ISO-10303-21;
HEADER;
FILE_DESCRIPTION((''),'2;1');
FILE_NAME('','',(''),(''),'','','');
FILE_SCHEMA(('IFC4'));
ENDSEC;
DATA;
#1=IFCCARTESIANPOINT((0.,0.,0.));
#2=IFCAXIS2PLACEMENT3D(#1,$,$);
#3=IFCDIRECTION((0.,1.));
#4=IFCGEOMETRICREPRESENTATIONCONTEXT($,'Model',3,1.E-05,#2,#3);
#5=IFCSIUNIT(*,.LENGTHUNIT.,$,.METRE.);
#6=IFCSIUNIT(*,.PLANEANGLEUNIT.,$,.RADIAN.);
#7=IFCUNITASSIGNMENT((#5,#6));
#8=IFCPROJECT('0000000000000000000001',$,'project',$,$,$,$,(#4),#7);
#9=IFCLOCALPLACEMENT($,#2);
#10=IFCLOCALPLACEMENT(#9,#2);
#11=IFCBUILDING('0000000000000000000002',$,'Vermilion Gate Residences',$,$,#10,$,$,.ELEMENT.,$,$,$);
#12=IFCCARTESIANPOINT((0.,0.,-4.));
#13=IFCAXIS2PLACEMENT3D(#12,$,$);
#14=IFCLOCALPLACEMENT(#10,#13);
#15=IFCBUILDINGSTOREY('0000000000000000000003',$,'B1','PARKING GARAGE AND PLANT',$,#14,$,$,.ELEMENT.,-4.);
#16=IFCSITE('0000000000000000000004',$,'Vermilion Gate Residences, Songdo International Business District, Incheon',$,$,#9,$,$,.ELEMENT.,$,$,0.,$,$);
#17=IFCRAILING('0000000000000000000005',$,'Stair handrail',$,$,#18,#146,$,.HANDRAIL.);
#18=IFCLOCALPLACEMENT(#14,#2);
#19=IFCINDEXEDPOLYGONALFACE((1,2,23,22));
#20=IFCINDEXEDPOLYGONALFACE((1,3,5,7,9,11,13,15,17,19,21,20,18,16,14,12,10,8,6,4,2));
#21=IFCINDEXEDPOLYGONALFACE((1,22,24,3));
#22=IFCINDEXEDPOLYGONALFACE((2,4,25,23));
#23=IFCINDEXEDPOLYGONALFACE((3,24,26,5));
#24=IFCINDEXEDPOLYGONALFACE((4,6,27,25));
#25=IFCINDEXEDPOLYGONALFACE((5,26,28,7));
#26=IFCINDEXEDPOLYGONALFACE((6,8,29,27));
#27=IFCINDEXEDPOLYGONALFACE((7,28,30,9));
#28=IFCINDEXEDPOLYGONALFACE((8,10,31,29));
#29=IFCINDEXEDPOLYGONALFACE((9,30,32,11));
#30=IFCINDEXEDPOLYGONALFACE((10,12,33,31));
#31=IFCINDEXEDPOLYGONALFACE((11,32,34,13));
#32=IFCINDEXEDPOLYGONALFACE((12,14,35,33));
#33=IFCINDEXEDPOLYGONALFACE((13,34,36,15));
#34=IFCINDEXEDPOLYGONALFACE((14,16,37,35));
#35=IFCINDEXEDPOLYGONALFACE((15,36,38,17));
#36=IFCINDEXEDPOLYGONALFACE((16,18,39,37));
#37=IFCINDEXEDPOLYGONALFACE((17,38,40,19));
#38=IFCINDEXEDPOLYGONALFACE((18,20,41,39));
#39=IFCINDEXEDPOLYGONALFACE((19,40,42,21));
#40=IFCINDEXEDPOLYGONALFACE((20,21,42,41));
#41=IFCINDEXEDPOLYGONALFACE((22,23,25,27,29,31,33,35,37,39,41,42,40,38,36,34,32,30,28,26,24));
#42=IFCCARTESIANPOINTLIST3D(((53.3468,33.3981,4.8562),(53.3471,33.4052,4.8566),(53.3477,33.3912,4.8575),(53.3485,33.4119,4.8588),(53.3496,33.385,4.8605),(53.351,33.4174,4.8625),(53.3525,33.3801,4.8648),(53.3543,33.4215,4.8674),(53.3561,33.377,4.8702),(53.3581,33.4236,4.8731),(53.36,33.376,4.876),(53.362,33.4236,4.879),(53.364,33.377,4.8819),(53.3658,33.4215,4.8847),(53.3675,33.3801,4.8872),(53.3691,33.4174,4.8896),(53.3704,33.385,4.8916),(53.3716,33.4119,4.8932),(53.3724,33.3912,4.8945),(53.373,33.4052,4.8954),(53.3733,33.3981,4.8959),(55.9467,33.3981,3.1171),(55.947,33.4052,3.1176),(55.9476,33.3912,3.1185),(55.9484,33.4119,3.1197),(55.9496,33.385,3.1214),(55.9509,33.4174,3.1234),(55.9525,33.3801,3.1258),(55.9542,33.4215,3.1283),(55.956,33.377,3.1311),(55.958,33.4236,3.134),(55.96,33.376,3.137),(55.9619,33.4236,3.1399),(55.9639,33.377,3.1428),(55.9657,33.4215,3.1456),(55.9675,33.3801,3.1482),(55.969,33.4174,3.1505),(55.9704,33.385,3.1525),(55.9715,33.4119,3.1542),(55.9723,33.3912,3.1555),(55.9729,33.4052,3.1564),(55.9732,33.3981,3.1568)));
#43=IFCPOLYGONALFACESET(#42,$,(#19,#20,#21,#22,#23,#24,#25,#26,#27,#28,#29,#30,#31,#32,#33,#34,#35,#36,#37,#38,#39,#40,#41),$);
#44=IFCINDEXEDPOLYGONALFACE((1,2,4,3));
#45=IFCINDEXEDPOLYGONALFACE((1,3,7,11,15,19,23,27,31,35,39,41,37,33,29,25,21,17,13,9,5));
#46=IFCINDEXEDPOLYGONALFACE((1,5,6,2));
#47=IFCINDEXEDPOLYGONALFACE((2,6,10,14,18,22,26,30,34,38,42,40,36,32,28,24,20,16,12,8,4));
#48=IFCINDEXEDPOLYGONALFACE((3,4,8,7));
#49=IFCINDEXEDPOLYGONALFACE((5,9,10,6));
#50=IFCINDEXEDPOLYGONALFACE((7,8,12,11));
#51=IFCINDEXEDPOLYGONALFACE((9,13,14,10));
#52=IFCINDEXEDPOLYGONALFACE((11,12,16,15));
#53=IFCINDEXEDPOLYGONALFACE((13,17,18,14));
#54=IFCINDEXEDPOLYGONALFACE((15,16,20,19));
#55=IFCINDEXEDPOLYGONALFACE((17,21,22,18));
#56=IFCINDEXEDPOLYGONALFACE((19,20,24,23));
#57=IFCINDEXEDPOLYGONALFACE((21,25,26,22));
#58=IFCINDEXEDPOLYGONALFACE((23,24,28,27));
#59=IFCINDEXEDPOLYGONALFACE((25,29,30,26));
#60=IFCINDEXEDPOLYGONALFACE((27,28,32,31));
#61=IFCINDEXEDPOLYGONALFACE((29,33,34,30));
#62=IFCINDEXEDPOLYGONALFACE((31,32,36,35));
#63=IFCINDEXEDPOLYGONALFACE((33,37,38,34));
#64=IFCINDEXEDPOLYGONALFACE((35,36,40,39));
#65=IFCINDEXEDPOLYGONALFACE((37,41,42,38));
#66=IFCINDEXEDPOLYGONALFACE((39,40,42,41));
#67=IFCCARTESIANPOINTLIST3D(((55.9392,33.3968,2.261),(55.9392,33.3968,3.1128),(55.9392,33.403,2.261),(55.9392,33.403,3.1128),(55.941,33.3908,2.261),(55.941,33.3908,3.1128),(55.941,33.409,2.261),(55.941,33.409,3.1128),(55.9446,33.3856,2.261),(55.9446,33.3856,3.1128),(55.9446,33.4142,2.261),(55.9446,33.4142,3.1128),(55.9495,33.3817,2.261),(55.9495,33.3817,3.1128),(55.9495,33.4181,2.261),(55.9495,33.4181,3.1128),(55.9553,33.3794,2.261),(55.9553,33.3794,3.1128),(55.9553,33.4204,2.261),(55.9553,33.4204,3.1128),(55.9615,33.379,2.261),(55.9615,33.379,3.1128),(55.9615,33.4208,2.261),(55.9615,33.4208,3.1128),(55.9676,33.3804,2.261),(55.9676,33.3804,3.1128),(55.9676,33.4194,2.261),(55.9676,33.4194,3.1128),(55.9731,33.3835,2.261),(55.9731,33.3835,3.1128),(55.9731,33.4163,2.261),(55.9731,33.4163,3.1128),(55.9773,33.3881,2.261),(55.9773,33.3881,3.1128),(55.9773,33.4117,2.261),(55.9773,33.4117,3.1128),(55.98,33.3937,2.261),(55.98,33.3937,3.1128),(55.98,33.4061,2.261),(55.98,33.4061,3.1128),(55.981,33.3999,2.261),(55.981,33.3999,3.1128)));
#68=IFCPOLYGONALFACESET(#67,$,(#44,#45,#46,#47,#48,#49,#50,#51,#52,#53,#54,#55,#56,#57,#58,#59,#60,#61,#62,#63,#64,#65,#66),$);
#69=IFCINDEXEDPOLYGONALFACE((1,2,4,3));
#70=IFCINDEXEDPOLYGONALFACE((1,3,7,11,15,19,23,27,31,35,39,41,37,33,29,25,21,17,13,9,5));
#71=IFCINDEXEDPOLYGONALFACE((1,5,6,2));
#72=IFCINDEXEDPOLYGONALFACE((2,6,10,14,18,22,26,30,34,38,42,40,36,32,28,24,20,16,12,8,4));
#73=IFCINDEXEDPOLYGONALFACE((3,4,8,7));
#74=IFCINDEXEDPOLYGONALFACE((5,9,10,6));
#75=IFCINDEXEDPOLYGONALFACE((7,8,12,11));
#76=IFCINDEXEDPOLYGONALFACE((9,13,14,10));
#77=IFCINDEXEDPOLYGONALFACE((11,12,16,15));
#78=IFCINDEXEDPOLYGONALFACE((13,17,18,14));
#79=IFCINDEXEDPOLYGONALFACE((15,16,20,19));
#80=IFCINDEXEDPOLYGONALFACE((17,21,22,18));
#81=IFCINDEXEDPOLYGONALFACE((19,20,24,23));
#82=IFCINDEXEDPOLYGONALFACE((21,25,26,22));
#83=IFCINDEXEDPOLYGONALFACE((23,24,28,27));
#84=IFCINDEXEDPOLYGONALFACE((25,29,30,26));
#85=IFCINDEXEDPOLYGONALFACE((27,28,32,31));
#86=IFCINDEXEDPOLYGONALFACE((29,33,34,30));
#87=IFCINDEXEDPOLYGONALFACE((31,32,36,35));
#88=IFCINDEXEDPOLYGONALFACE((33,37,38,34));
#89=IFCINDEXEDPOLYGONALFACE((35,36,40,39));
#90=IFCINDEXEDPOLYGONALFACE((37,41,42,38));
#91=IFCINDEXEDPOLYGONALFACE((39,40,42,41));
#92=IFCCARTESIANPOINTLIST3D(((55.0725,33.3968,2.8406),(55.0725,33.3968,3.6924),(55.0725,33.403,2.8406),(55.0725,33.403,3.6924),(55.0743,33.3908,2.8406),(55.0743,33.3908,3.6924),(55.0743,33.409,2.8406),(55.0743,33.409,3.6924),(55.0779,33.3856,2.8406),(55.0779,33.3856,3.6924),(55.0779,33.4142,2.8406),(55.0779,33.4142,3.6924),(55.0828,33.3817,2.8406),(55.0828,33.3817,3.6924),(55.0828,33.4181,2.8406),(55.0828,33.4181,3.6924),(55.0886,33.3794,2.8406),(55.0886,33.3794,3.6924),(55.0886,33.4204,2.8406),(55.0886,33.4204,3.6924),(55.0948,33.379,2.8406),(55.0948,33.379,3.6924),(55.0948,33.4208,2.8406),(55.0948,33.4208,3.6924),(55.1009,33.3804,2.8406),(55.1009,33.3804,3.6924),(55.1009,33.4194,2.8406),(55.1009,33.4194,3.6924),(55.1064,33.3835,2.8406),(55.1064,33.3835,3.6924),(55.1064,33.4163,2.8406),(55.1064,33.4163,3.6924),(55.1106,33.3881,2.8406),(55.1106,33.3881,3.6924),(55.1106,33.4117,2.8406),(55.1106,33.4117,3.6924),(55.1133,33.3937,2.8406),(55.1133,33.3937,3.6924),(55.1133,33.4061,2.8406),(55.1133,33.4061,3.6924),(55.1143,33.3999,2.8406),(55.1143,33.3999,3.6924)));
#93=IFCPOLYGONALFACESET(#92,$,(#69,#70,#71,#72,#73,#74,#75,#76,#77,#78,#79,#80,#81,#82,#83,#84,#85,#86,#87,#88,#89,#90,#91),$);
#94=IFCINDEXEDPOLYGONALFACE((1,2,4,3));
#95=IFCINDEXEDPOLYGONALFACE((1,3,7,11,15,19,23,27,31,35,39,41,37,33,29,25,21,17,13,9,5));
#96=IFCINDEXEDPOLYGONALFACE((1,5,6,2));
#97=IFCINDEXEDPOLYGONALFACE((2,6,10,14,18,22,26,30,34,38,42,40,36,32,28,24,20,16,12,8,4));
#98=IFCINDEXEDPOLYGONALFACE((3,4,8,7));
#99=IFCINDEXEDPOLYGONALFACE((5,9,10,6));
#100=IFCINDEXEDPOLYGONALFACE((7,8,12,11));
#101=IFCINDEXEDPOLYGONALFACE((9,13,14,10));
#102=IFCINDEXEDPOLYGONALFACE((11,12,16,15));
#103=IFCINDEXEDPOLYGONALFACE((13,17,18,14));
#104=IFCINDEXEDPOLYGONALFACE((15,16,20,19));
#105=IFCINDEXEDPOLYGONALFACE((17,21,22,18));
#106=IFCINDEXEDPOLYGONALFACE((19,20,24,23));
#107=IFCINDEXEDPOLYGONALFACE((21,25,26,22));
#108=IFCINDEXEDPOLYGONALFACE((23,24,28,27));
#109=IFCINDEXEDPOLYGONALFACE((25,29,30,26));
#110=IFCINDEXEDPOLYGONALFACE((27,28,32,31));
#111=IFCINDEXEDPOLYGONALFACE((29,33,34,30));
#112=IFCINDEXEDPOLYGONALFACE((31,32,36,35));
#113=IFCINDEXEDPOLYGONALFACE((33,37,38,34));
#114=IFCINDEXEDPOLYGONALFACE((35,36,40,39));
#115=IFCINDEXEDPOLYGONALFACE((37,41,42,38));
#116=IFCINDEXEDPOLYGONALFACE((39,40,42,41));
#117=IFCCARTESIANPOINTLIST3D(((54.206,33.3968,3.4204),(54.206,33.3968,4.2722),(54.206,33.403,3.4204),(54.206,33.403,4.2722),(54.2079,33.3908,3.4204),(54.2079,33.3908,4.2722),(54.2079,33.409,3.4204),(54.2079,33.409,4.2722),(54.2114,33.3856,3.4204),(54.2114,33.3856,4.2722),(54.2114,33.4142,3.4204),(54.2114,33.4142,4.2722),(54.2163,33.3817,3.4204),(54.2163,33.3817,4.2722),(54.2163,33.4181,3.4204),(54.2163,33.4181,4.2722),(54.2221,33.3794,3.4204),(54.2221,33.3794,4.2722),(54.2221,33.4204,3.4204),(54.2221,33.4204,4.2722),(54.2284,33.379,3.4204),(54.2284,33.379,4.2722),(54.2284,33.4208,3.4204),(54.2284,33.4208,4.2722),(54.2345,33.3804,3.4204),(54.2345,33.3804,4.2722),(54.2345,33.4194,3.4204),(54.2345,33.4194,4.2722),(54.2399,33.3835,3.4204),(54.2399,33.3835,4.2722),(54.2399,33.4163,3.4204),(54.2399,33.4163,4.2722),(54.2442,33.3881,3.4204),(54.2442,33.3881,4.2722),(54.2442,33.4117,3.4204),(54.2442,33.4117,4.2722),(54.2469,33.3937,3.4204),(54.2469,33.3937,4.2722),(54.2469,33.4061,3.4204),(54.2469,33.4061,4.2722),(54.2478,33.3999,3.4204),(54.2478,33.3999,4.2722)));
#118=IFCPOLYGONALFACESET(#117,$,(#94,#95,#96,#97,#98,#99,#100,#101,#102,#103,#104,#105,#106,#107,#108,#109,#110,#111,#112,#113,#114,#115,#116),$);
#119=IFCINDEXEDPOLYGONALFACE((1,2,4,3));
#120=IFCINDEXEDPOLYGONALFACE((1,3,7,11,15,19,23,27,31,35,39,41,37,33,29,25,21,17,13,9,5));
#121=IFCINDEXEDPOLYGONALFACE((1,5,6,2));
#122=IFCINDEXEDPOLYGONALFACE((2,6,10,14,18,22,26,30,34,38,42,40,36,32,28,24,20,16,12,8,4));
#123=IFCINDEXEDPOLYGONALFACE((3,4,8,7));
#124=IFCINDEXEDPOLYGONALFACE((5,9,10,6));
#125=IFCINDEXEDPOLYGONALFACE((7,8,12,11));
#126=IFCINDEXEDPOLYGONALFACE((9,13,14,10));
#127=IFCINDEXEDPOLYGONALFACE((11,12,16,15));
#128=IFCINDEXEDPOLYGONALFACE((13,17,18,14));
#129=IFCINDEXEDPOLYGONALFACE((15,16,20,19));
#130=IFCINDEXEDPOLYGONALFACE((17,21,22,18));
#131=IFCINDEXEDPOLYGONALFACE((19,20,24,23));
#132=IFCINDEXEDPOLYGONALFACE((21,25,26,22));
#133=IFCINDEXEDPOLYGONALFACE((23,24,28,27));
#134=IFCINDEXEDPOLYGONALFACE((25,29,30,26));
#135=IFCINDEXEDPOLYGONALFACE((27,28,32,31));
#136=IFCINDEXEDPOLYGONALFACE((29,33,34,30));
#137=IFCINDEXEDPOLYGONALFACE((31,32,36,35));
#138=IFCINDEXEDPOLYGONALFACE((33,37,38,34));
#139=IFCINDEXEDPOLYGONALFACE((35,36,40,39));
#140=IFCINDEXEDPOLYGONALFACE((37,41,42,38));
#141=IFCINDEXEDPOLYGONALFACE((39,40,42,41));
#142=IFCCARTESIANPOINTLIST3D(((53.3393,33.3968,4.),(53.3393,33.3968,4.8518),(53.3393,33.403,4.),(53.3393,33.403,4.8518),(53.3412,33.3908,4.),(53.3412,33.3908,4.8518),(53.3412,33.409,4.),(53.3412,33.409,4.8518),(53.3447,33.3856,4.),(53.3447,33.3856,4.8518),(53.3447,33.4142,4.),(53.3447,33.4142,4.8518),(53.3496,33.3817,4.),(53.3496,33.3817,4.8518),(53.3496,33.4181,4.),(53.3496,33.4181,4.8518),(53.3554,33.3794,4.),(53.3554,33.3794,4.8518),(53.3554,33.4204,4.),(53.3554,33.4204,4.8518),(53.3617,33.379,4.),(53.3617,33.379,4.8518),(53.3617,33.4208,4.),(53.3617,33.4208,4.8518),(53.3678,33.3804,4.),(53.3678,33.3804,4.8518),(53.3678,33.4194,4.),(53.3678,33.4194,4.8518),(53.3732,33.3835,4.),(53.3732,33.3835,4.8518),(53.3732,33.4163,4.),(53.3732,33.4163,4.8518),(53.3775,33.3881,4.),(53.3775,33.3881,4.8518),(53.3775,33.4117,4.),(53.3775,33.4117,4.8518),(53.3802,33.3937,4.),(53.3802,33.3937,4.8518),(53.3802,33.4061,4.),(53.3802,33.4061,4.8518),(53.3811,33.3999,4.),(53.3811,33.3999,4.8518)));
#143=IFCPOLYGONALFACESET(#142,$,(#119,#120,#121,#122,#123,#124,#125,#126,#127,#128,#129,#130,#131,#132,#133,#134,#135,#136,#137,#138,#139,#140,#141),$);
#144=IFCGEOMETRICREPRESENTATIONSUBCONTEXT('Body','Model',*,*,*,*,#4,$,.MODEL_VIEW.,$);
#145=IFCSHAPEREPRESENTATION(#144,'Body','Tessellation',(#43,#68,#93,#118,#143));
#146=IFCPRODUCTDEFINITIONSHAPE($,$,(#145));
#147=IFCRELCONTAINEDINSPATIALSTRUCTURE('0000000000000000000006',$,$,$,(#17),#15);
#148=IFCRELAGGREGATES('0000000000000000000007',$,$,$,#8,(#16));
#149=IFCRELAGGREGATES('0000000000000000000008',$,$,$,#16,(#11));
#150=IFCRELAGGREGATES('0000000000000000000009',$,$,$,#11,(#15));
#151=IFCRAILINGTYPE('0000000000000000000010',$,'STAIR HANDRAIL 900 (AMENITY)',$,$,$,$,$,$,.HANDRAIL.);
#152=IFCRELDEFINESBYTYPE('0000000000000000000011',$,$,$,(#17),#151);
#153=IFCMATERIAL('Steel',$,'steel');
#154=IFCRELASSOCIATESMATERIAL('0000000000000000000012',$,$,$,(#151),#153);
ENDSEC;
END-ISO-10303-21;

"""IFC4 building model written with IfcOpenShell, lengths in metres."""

from ifc_helpers import new_model, si_unit, direction, frame, origin, origin_2d, place, context, subcontext, project, spatial, circle, extrude, material, type_object, element, save


model = new_model("IFC4")

# Units and contexts
model_context = context("Model", 3, precision=1e-05, world=origin(), true_north=direction((0.0, 1.0)))
body_context = subcontext(model_context, "Body", "Model", "MODEL_VIEW")
ifc_project = project(units=[si_unit("LENGTHUNIT", "METRE"), si_unit("PLANEANGLEUNIT", "RADIAN")], contexts=[model_context])

# Site, building, storey
site_placement = place(None, origin())
site = spatial("IfcSite", under=ifc_project, at=site_placement, Name="Vermilion Gate Residences, Songdo International Business District, Incheon", CompositionType="ELEMENT", RefElevation=0.0)
building_placement = place(site_placement, origin())
building = spatial("IfcBuilding", under=site, at=building_placement, Name="Vermilion Gate Residences", CompositionType="ELEMENT")
storey_placement = place(building_placement, frame((0.0, 0.0, -4.0)))
storey = spatial("IfcBuildingStorey", under=building, at=storey_placement, Name="B1", Description="PARKING GARAGE AND PLANT", CompositionType="ELEMENT", Elevation=-4.0)

# Railing
ifc_material_1 = material(Name="Steel", Category="steel")
railing_type = type_object("IfcRailingType", Name="STAIR HANDRAIL 900 (AMENITY)", PredefinedType="HANDRAIL", material=ifc_material_1)
railing_1_placement = place(storey_placement, frame((55.96, 33.3999, 2.261)))
element("IfcRailing", 1, at=railing_1_placement, inside=storey, type_object=railing_type, Name="Stair handrail", PredefinedType="HANDRAIL", context=body_context, shape_type="SweptSolid", body=[
    extrude(circle(Radius=0.0239, at=origin_2d()), frame((0.0, 0.0, 0.876), z_axis=(-0.831197, 0.0, 0.555978), x_axis=(0.0, -1.0, 0.0)), (0.0, 0.0, 1.0), 3.1279),
    extrude(circle(Radius=0.021, at=origin_2d()), origin(), (0.0, 0.0, 1.0), 0.8518),
    extrude(circle(Radius=0.021, at=origin_2d()), frame((-0.8667, 0.0, 0.5796)), (0.0, 0.0, 1.0), 0.8518),
    extrude(circle(Radius=0.021, at=origin_2d()), frame((-1.7332, 0.0, 1.1594)), (0.0, 0.0, 1.0), 0.8518),
    extrude(circle(Radius=0.021, at=origin_2d()), frame((-2.5999, 0.0, 1.739)), (0.0, 0.0, 1.0), 0.8518),
])

save(model, "model.ifc")
